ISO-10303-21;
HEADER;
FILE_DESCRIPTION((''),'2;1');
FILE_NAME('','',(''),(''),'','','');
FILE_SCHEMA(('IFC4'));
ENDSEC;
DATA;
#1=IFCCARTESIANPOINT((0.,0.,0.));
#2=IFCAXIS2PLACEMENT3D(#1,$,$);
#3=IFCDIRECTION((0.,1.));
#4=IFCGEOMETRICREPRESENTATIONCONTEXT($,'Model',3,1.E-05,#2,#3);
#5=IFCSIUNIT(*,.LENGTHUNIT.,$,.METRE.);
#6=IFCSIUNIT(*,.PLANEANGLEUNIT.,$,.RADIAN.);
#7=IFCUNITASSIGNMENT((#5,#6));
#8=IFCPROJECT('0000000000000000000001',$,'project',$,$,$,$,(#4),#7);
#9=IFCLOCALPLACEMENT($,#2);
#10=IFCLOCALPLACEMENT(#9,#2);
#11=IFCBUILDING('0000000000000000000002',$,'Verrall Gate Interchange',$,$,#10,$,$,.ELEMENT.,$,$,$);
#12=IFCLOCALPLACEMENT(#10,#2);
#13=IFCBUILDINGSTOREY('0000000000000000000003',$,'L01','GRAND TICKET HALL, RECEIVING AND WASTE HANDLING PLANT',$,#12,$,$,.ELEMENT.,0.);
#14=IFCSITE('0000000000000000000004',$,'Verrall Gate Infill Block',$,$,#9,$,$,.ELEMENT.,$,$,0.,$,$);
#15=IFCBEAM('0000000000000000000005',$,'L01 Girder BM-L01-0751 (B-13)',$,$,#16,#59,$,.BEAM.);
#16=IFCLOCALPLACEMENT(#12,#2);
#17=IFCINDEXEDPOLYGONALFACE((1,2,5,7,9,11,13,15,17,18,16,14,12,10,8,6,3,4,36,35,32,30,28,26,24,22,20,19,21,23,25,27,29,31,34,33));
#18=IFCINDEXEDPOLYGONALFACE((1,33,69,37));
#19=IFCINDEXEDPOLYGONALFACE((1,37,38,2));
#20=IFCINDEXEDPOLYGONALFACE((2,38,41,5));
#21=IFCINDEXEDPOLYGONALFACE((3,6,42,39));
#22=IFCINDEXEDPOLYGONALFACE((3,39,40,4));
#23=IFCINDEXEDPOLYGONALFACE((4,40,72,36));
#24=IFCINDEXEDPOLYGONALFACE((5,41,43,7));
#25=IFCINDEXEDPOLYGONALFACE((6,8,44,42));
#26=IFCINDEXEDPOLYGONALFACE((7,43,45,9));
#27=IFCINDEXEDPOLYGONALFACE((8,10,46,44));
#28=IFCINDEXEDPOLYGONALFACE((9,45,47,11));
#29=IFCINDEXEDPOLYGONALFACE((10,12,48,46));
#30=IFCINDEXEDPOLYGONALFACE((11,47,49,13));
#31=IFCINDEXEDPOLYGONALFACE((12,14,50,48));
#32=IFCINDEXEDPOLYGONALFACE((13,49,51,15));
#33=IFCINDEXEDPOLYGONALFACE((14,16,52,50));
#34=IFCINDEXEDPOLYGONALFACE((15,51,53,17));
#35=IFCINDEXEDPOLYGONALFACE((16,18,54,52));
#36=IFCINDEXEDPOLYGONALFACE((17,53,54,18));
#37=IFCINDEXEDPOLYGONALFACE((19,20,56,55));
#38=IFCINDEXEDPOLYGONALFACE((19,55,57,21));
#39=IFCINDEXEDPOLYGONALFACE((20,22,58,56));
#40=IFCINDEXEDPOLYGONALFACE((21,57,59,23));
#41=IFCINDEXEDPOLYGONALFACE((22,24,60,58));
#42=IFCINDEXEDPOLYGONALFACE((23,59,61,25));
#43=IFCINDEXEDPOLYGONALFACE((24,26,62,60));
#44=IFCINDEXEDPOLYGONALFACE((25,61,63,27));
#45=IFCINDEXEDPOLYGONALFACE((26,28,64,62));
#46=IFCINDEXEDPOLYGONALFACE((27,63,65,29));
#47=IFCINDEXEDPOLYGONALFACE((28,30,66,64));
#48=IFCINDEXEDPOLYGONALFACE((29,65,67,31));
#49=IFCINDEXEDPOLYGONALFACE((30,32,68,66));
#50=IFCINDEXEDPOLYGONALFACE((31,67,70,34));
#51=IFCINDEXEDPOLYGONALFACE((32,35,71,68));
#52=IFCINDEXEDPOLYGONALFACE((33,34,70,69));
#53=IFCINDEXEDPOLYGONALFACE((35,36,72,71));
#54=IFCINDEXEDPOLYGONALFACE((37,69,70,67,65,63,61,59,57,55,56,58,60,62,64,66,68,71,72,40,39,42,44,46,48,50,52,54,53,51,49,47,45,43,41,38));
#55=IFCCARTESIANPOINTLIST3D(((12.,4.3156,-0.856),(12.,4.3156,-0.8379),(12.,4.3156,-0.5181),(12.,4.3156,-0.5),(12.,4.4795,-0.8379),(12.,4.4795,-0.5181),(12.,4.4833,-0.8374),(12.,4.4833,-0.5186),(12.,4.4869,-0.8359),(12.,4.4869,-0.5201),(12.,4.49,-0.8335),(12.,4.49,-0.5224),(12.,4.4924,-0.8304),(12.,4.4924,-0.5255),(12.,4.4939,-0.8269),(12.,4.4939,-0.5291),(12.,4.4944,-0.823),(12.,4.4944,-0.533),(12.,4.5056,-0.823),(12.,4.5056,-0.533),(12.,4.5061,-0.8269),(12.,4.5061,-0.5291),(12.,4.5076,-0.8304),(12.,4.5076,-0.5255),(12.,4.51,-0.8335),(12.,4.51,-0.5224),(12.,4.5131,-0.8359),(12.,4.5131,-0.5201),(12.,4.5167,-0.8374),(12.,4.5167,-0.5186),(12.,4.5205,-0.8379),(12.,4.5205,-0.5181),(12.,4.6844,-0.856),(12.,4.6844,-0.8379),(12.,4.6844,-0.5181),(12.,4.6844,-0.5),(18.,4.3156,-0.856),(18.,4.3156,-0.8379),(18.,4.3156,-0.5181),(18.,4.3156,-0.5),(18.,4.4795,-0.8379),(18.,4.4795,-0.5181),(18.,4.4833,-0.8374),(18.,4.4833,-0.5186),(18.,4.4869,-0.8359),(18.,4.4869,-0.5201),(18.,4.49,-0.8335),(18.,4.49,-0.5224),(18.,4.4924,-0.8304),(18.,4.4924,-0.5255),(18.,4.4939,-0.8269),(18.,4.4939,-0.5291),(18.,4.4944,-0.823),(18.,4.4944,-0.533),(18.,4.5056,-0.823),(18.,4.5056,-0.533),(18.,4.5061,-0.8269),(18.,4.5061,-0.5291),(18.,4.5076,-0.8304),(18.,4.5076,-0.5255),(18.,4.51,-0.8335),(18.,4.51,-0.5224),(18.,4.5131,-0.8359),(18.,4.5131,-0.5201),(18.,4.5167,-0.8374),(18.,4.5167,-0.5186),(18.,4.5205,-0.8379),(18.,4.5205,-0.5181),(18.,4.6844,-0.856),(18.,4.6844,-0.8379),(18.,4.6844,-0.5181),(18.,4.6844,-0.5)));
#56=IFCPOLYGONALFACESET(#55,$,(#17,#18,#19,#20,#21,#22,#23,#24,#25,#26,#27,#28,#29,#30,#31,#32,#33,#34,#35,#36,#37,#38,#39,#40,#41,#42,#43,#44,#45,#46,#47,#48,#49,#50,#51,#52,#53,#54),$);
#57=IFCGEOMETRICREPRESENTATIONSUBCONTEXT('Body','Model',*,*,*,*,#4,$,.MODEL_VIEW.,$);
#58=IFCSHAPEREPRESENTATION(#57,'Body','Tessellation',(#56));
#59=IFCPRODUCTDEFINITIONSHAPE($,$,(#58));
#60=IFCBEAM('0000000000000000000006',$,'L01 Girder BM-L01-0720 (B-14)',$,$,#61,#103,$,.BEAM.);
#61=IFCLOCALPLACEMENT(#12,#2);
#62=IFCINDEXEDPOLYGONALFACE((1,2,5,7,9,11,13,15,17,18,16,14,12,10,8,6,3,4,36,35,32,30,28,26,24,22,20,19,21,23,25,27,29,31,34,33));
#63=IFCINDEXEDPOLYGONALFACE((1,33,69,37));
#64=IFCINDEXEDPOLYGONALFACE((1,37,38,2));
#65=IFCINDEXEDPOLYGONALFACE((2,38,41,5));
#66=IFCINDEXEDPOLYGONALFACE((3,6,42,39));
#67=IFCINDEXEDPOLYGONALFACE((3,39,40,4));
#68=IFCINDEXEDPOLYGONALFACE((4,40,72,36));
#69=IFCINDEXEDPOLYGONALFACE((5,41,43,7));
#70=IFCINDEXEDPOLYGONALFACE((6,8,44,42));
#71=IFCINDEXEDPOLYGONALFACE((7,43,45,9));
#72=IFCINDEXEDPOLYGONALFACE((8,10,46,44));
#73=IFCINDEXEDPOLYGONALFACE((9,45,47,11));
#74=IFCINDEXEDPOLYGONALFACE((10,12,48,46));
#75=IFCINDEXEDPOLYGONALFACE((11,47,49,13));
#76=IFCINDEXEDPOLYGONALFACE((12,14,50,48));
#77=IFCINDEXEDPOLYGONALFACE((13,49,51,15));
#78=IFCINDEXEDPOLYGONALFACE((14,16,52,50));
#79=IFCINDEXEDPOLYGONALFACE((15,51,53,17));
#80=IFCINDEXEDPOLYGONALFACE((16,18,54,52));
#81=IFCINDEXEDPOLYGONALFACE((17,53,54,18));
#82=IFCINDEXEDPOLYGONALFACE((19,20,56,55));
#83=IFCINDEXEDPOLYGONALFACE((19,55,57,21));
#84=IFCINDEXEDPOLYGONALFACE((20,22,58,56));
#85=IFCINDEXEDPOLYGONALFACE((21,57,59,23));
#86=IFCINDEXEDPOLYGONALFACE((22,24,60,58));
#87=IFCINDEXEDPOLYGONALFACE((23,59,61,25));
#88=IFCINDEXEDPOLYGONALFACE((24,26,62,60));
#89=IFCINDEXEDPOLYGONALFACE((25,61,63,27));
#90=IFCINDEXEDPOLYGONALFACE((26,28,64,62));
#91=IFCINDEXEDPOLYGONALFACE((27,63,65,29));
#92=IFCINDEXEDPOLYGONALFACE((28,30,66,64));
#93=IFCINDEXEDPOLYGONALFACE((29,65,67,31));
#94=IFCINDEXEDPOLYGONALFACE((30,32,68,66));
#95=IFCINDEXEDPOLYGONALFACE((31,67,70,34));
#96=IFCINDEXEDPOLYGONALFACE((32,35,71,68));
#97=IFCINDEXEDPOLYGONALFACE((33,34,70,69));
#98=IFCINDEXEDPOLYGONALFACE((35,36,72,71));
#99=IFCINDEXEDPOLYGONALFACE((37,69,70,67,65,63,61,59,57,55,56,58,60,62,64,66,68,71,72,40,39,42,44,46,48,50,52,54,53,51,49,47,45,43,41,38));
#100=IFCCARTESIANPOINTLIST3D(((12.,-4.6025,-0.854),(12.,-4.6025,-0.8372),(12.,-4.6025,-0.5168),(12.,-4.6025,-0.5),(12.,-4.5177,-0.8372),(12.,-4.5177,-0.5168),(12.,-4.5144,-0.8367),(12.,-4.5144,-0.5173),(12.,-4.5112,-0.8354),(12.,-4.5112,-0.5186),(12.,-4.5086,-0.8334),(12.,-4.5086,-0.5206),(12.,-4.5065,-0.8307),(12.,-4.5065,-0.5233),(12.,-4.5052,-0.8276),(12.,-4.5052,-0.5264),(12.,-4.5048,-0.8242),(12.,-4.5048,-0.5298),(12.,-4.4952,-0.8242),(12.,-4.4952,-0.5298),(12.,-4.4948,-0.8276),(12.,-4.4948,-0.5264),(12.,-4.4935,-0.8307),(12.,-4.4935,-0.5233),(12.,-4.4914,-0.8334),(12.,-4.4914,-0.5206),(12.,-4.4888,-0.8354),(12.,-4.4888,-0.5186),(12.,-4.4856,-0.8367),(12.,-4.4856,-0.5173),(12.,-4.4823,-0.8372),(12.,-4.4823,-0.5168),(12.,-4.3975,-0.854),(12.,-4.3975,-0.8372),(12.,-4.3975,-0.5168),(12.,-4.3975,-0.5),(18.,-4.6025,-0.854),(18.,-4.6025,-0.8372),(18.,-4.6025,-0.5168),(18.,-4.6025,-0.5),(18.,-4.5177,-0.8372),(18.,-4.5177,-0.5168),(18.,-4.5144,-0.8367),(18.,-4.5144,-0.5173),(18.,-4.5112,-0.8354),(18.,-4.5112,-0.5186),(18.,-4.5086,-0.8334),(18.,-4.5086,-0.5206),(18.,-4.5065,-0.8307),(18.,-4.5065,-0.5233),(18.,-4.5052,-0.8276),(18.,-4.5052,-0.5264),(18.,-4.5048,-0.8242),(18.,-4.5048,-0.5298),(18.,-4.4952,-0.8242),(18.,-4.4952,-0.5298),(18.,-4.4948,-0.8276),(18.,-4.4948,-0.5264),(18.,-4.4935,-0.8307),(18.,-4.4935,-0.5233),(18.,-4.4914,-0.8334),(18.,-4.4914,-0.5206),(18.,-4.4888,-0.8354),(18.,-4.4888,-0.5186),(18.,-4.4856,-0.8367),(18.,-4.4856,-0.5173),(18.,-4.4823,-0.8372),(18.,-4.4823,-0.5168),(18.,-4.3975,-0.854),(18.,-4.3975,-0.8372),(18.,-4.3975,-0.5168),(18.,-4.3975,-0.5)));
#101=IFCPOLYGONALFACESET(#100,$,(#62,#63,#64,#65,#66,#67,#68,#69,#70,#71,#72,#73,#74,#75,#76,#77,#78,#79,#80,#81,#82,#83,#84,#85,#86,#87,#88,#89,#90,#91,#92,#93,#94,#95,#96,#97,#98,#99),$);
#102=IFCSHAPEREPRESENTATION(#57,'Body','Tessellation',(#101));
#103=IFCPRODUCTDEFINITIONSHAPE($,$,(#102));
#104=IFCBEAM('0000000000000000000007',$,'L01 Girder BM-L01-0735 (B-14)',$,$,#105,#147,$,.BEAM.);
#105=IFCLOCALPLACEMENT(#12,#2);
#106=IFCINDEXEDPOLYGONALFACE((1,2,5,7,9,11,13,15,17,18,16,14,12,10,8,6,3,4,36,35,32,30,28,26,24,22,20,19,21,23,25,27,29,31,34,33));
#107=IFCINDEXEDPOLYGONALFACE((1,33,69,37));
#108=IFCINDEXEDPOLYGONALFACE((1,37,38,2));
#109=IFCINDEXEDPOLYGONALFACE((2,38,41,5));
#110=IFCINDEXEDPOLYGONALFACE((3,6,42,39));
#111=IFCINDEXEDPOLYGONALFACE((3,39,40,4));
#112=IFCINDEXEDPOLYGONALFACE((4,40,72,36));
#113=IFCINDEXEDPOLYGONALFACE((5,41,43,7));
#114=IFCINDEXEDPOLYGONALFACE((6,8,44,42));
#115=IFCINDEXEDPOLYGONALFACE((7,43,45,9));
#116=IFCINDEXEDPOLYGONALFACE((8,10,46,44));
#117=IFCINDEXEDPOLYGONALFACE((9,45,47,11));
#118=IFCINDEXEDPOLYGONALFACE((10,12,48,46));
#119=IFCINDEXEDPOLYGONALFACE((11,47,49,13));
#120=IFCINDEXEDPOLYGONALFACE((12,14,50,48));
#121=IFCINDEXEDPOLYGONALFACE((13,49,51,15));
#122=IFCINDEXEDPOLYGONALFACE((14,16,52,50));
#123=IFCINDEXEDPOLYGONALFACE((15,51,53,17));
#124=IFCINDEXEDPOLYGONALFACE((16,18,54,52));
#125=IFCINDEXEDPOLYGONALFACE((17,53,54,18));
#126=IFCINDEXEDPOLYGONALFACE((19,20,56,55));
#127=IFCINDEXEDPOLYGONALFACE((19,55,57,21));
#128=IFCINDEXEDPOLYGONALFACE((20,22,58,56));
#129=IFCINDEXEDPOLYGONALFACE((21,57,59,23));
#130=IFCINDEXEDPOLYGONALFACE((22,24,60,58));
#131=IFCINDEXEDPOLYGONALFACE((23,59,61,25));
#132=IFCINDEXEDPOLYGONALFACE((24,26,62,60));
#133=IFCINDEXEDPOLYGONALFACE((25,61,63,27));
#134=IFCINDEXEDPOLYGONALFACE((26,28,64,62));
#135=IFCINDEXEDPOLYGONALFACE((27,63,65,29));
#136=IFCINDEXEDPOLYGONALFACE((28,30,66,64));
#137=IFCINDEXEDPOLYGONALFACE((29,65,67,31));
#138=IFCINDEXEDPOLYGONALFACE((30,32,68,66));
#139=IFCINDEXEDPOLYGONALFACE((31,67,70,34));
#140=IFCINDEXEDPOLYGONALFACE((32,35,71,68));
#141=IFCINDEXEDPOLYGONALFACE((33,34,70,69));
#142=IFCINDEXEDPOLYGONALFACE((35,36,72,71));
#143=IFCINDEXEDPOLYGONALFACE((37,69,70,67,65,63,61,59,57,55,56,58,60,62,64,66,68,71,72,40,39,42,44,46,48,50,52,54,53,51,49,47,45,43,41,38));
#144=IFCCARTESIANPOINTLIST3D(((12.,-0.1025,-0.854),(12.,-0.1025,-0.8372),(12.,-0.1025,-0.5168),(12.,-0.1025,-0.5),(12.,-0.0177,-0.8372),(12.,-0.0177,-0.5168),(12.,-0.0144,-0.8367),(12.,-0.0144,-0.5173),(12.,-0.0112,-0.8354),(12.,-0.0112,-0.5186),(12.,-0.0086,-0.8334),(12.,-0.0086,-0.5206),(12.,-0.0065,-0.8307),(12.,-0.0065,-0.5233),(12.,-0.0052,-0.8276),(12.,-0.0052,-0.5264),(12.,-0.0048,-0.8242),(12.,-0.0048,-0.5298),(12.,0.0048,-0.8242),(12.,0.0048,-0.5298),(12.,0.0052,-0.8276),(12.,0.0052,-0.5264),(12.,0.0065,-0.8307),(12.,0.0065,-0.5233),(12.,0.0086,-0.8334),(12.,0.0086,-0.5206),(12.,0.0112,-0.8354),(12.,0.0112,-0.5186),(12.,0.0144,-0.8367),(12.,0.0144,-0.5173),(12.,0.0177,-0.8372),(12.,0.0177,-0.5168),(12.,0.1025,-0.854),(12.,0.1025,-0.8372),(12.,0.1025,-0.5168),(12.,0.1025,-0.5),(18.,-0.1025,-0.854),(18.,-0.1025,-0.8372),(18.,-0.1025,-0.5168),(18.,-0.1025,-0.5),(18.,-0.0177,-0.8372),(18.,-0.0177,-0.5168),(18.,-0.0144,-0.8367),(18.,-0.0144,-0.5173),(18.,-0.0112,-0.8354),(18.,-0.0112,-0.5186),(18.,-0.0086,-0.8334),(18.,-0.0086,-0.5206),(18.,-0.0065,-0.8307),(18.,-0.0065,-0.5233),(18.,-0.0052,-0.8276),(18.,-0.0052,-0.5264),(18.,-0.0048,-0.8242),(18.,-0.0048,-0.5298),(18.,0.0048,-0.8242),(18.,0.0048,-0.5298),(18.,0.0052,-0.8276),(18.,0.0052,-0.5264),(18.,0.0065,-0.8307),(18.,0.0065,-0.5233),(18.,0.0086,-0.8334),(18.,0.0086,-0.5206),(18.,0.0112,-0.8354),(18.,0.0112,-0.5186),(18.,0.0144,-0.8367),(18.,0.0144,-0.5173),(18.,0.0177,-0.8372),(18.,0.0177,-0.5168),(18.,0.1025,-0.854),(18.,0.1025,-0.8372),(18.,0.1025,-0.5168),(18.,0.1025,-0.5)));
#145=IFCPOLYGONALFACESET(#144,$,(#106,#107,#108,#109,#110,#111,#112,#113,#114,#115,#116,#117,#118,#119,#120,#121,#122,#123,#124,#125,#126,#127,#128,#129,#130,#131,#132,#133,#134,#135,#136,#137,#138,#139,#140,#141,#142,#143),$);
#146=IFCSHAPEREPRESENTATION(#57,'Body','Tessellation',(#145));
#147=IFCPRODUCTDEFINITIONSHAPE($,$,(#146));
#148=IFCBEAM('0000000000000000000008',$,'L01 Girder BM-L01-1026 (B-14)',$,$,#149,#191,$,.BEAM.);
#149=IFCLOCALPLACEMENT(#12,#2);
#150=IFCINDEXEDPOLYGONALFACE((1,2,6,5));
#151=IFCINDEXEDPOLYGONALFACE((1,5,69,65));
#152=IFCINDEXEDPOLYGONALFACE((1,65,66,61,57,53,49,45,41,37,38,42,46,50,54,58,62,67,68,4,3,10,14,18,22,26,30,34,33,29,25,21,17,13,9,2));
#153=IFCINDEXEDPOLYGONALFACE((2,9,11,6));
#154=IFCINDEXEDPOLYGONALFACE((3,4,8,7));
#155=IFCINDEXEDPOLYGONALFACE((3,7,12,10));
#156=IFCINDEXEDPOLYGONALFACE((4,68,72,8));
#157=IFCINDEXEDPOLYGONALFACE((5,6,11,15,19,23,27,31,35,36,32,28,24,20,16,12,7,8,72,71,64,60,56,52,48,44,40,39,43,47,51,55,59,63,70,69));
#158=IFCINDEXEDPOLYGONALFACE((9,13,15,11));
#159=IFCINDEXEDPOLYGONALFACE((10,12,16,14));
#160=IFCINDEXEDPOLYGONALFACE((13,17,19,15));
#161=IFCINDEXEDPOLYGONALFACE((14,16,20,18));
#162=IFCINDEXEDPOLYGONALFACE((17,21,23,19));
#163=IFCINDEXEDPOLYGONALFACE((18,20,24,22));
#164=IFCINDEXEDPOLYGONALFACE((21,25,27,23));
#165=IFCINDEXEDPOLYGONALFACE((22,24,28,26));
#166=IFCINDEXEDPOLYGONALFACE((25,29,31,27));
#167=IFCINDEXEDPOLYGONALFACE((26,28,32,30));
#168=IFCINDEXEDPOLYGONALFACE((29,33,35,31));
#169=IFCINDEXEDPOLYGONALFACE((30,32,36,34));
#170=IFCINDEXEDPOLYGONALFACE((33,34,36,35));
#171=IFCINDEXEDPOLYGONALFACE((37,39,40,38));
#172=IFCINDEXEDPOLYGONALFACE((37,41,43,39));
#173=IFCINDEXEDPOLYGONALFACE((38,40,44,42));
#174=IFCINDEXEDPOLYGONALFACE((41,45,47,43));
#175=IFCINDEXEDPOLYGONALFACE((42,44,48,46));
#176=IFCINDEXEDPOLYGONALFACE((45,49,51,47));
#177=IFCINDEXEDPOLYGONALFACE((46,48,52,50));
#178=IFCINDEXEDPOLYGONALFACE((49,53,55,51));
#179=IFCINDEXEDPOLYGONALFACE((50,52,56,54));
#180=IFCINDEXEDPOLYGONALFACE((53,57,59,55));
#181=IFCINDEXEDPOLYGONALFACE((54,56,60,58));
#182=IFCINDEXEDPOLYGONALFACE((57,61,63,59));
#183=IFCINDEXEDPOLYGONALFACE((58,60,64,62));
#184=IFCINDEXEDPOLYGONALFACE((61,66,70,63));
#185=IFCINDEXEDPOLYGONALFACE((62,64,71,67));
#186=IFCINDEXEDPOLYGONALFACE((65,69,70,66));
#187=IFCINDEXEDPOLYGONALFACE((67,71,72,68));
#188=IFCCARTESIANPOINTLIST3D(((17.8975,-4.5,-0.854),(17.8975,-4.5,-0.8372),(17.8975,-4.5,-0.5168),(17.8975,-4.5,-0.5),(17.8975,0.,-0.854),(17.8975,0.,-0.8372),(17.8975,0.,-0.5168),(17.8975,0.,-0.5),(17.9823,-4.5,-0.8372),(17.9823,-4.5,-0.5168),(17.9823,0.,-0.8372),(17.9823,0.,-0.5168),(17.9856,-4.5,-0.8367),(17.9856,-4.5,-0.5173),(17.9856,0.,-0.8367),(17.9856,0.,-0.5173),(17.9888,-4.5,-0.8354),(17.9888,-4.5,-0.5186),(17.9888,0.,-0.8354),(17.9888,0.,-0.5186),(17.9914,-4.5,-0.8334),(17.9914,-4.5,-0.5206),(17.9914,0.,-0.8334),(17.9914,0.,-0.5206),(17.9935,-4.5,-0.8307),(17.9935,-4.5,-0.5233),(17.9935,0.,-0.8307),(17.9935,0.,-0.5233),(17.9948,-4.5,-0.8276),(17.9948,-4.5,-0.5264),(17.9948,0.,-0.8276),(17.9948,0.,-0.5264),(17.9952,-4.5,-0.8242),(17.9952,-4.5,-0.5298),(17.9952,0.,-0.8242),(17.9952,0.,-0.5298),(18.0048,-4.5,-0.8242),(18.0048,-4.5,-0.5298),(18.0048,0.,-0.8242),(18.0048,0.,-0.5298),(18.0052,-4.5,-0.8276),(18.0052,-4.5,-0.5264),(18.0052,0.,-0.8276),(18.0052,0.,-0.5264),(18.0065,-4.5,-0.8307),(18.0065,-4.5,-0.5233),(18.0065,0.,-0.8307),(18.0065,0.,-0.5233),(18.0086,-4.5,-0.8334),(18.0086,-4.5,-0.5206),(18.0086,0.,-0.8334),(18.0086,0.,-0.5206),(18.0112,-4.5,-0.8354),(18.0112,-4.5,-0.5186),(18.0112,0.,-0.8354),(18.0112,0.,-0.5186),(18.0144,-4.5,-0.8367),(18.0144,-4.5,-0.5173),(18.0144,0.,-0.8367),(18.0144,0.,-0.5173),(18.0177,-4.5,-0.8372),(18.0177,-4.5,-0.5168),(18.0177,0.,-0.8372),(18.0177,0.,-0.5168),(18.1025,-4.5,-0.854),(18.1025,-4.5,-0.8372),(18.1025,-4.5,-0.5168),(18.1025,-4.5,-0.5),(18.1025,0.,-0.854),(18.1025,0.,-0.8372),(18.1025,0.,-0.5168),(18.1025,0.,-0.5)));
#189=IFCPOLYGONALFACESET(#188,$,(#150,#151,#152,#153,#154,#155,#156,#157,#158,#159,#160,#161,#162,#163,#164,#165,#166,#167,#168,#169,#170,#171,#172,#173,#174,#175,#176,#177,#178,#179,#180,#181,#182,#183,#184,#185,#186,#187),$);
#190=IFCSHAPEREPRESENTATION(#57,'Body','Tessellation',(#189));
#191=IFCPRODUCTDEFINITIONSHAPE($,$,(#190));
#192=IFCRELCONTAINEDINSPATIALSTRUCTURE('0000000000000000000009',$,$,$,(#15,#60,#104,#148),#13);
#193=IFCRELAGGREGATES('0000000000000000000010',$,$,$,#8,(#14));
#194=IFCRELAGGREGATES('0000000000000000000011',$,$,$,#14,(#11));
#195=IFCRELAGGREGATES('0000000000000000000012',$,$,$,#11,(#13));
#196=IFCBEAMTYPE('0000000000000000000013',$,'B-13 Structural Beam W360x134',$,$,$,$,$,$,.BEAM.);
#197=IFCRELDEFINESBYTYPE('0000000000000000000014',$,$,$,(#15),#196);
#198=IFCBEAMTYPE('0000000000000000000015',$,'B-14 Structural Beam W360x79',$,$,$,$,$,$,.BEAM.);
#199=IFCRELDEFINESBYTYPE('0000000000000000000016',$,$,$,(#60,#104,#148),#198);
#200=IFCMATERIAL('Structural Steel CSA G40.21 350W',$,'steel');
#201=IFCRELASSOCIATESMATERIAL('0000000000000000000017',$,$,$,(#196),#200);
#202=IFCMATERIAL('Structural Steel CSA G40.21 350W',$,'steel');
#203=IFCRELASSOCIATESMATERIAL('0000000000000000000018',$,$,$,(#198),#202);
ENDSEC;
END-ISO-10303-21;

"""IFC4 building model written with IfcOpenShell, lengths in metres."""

from ifc_helpers import new_model, si_unit, direction, frame, origin, origin_2d, place, context, subcontext, project, spatial, i_section, extrude, material, material_profile, profile_set, type_object, element, save


model = new_model("IFC4")

# Units and contexts
model_context = context("Model", 3, precision=1e-05, world=origin(), true_north=direction((0.0, 1.0)))
body_context = subcontext(model_context, "Body", "Model", "MODEL_VIEW")
ifc_project = project(units=[si_unit("LENGTHUNIT", "METRE"), si_unit("PLANEANGLEUNIT", "RADIAN")], contexts=[model_context])

# Site, building, storey
site_placement = place(None, origin())
site = spatial("IfcSite", under=ifc_project, at=site_placement, Name="Verrall Gate Infill Block", CompositionType="ELEMENT", RefElevation=0.0)
building_placement = place(site_placement, origin())
building = spatial("IfcBuilding", under=site, at=building_placement, Name="Verrall Gate Interchange", CompositionType="ELEMENT")
storey_placement = place(building_placement, origin())
storey = spatial("IfcBuildingStorey", under=building, at=storey_placement, Name="L01", Description="GRAND TICKET HALL, RECEIVING AND WASTE HANDLING PLANT", CompositionType="ELEMENT", Elevation=0.0)

# Beams
ifc_material_1 = material(Name="Structural Steel CSA G40.21 350W", Category="steel")
ifc_material_profile_1 = material_profile(ifc_material_1, i_section(OverallWidth=0.3689, OverallDepth=0.356, WebThickness=0.0112, FlangeThickness=0.0181, FilletRadius=0.0149, at=origin_2d()), Name="W360x134")
ifc_profile_set_1 = profile_set([ifc_material_profile_1], Name="Structural Steel CSA G40.21 350W")
beam_type_1 = type_object("IfcBeamType", Name="B-13 Structural Beam W360x134", PredefinedType="BEAM", material=ifc_profile_set_1)
beam_1_placement = place(storey_placement, frame((12.0, 4.5, -0.678), z_axis=(1.0, 0.0, 0.0), x_axis=(0.0, 1.0, 0.0)))
element("IfcBeam", 1, at=beam_1_placement, inside=storey, type_object=beam_type_1, Name="L01 Girder BM-L01-0751 (B-13)", PredefinedType="BEAM", context=body_context, shape_type="SweptSolid", body=[
    extrude(i_section(OverallWidth=0.3689, OverallDepth=0.356, WebThickness=0.0112, FlangeThickness=0.0181, FilletRadius=0.0149, at=origin_2d()), origin(), (0.0, 0.0, 1.0), 6.0),
])
ifc_material_2 = material(Name="Structural Steel CSA G40.21 350W", Category="steel")
ifc_material_profile_2 = material_profile(ifc_material_2, i_section(OverallWidth=0.2051, OverallDepth=0.354, WebThickness=0.0095, FlangeThickness=0.0168, FilletRadius=0.0129, at=origin_2d()), Name="W360x79")
ifc_profile_set_2 = profile_set([ifc_material_profile_2], Name="Structural Steel CSA G40.21 350W")
beam_type_2 = type_object("IfcBeamType", Name="B-14 Structural Beam W360x79", PredefinedType="BEAM", material=ifc_profile_set_2)
for number, where, z_axis, x_axis, name in (
    (2, (12.0, -4.5, -0.677), (1.0, 0.0, 0.0), (0.0, 1.0, 0.0), "L01 Girder BM-L01-0720 (B-14)"),
    (3, (12.0, 0.0, -0.677), (1.0, 0.0, 0.0), (0.0, 1.0, 0.0), "L01 Girder BM-L01-0735 (B-14)"),
):
    element("IfcBeam", number, at=place(storey_placement, frame(where, z_axis=z_axis, x_axis=x_axis)), inside=storey, type_object=beam_type_2, Name=name, PredefinedType="BEAM", context=body_context, shape_type="SweptSolid", body=[
        extrude(i_section(OverallWidth=0.2051, OverallDepth=0.354, WebThickness=0.0095, FlangeThickness=0.0168, FilletRadius=0.0129, at=origin_2d()), origin(), (0.0, 0.0, 1.0), 6.0),
    ])
beam_2_placement = place(storey_placement, frame((18.0, -4.5, -0.677), z_axis=(0.0, 1.0, 0.0), x_axis=(-1.0, 0.0, 0.0)))
element("IfcBeam", 4, at=beam_2_placement, inside=storey, type_object=beam_type_2, Name="L01 Girder BM-L01-1026 (B-14)", PredefinedType="BEAM", context=body_context, shape_type="SweptSolid", body=[
    extrude(i_section(OverallWidth=0.2051, OverallDepth=0.354, WebThickness=0.0095, FlangeThickness=0.0168, FilletRadius=0.0129, at=origin_2d()), origin(), (0.0, 0.0, 1.0), 4.5),
])

save(model, "model.ifc")
